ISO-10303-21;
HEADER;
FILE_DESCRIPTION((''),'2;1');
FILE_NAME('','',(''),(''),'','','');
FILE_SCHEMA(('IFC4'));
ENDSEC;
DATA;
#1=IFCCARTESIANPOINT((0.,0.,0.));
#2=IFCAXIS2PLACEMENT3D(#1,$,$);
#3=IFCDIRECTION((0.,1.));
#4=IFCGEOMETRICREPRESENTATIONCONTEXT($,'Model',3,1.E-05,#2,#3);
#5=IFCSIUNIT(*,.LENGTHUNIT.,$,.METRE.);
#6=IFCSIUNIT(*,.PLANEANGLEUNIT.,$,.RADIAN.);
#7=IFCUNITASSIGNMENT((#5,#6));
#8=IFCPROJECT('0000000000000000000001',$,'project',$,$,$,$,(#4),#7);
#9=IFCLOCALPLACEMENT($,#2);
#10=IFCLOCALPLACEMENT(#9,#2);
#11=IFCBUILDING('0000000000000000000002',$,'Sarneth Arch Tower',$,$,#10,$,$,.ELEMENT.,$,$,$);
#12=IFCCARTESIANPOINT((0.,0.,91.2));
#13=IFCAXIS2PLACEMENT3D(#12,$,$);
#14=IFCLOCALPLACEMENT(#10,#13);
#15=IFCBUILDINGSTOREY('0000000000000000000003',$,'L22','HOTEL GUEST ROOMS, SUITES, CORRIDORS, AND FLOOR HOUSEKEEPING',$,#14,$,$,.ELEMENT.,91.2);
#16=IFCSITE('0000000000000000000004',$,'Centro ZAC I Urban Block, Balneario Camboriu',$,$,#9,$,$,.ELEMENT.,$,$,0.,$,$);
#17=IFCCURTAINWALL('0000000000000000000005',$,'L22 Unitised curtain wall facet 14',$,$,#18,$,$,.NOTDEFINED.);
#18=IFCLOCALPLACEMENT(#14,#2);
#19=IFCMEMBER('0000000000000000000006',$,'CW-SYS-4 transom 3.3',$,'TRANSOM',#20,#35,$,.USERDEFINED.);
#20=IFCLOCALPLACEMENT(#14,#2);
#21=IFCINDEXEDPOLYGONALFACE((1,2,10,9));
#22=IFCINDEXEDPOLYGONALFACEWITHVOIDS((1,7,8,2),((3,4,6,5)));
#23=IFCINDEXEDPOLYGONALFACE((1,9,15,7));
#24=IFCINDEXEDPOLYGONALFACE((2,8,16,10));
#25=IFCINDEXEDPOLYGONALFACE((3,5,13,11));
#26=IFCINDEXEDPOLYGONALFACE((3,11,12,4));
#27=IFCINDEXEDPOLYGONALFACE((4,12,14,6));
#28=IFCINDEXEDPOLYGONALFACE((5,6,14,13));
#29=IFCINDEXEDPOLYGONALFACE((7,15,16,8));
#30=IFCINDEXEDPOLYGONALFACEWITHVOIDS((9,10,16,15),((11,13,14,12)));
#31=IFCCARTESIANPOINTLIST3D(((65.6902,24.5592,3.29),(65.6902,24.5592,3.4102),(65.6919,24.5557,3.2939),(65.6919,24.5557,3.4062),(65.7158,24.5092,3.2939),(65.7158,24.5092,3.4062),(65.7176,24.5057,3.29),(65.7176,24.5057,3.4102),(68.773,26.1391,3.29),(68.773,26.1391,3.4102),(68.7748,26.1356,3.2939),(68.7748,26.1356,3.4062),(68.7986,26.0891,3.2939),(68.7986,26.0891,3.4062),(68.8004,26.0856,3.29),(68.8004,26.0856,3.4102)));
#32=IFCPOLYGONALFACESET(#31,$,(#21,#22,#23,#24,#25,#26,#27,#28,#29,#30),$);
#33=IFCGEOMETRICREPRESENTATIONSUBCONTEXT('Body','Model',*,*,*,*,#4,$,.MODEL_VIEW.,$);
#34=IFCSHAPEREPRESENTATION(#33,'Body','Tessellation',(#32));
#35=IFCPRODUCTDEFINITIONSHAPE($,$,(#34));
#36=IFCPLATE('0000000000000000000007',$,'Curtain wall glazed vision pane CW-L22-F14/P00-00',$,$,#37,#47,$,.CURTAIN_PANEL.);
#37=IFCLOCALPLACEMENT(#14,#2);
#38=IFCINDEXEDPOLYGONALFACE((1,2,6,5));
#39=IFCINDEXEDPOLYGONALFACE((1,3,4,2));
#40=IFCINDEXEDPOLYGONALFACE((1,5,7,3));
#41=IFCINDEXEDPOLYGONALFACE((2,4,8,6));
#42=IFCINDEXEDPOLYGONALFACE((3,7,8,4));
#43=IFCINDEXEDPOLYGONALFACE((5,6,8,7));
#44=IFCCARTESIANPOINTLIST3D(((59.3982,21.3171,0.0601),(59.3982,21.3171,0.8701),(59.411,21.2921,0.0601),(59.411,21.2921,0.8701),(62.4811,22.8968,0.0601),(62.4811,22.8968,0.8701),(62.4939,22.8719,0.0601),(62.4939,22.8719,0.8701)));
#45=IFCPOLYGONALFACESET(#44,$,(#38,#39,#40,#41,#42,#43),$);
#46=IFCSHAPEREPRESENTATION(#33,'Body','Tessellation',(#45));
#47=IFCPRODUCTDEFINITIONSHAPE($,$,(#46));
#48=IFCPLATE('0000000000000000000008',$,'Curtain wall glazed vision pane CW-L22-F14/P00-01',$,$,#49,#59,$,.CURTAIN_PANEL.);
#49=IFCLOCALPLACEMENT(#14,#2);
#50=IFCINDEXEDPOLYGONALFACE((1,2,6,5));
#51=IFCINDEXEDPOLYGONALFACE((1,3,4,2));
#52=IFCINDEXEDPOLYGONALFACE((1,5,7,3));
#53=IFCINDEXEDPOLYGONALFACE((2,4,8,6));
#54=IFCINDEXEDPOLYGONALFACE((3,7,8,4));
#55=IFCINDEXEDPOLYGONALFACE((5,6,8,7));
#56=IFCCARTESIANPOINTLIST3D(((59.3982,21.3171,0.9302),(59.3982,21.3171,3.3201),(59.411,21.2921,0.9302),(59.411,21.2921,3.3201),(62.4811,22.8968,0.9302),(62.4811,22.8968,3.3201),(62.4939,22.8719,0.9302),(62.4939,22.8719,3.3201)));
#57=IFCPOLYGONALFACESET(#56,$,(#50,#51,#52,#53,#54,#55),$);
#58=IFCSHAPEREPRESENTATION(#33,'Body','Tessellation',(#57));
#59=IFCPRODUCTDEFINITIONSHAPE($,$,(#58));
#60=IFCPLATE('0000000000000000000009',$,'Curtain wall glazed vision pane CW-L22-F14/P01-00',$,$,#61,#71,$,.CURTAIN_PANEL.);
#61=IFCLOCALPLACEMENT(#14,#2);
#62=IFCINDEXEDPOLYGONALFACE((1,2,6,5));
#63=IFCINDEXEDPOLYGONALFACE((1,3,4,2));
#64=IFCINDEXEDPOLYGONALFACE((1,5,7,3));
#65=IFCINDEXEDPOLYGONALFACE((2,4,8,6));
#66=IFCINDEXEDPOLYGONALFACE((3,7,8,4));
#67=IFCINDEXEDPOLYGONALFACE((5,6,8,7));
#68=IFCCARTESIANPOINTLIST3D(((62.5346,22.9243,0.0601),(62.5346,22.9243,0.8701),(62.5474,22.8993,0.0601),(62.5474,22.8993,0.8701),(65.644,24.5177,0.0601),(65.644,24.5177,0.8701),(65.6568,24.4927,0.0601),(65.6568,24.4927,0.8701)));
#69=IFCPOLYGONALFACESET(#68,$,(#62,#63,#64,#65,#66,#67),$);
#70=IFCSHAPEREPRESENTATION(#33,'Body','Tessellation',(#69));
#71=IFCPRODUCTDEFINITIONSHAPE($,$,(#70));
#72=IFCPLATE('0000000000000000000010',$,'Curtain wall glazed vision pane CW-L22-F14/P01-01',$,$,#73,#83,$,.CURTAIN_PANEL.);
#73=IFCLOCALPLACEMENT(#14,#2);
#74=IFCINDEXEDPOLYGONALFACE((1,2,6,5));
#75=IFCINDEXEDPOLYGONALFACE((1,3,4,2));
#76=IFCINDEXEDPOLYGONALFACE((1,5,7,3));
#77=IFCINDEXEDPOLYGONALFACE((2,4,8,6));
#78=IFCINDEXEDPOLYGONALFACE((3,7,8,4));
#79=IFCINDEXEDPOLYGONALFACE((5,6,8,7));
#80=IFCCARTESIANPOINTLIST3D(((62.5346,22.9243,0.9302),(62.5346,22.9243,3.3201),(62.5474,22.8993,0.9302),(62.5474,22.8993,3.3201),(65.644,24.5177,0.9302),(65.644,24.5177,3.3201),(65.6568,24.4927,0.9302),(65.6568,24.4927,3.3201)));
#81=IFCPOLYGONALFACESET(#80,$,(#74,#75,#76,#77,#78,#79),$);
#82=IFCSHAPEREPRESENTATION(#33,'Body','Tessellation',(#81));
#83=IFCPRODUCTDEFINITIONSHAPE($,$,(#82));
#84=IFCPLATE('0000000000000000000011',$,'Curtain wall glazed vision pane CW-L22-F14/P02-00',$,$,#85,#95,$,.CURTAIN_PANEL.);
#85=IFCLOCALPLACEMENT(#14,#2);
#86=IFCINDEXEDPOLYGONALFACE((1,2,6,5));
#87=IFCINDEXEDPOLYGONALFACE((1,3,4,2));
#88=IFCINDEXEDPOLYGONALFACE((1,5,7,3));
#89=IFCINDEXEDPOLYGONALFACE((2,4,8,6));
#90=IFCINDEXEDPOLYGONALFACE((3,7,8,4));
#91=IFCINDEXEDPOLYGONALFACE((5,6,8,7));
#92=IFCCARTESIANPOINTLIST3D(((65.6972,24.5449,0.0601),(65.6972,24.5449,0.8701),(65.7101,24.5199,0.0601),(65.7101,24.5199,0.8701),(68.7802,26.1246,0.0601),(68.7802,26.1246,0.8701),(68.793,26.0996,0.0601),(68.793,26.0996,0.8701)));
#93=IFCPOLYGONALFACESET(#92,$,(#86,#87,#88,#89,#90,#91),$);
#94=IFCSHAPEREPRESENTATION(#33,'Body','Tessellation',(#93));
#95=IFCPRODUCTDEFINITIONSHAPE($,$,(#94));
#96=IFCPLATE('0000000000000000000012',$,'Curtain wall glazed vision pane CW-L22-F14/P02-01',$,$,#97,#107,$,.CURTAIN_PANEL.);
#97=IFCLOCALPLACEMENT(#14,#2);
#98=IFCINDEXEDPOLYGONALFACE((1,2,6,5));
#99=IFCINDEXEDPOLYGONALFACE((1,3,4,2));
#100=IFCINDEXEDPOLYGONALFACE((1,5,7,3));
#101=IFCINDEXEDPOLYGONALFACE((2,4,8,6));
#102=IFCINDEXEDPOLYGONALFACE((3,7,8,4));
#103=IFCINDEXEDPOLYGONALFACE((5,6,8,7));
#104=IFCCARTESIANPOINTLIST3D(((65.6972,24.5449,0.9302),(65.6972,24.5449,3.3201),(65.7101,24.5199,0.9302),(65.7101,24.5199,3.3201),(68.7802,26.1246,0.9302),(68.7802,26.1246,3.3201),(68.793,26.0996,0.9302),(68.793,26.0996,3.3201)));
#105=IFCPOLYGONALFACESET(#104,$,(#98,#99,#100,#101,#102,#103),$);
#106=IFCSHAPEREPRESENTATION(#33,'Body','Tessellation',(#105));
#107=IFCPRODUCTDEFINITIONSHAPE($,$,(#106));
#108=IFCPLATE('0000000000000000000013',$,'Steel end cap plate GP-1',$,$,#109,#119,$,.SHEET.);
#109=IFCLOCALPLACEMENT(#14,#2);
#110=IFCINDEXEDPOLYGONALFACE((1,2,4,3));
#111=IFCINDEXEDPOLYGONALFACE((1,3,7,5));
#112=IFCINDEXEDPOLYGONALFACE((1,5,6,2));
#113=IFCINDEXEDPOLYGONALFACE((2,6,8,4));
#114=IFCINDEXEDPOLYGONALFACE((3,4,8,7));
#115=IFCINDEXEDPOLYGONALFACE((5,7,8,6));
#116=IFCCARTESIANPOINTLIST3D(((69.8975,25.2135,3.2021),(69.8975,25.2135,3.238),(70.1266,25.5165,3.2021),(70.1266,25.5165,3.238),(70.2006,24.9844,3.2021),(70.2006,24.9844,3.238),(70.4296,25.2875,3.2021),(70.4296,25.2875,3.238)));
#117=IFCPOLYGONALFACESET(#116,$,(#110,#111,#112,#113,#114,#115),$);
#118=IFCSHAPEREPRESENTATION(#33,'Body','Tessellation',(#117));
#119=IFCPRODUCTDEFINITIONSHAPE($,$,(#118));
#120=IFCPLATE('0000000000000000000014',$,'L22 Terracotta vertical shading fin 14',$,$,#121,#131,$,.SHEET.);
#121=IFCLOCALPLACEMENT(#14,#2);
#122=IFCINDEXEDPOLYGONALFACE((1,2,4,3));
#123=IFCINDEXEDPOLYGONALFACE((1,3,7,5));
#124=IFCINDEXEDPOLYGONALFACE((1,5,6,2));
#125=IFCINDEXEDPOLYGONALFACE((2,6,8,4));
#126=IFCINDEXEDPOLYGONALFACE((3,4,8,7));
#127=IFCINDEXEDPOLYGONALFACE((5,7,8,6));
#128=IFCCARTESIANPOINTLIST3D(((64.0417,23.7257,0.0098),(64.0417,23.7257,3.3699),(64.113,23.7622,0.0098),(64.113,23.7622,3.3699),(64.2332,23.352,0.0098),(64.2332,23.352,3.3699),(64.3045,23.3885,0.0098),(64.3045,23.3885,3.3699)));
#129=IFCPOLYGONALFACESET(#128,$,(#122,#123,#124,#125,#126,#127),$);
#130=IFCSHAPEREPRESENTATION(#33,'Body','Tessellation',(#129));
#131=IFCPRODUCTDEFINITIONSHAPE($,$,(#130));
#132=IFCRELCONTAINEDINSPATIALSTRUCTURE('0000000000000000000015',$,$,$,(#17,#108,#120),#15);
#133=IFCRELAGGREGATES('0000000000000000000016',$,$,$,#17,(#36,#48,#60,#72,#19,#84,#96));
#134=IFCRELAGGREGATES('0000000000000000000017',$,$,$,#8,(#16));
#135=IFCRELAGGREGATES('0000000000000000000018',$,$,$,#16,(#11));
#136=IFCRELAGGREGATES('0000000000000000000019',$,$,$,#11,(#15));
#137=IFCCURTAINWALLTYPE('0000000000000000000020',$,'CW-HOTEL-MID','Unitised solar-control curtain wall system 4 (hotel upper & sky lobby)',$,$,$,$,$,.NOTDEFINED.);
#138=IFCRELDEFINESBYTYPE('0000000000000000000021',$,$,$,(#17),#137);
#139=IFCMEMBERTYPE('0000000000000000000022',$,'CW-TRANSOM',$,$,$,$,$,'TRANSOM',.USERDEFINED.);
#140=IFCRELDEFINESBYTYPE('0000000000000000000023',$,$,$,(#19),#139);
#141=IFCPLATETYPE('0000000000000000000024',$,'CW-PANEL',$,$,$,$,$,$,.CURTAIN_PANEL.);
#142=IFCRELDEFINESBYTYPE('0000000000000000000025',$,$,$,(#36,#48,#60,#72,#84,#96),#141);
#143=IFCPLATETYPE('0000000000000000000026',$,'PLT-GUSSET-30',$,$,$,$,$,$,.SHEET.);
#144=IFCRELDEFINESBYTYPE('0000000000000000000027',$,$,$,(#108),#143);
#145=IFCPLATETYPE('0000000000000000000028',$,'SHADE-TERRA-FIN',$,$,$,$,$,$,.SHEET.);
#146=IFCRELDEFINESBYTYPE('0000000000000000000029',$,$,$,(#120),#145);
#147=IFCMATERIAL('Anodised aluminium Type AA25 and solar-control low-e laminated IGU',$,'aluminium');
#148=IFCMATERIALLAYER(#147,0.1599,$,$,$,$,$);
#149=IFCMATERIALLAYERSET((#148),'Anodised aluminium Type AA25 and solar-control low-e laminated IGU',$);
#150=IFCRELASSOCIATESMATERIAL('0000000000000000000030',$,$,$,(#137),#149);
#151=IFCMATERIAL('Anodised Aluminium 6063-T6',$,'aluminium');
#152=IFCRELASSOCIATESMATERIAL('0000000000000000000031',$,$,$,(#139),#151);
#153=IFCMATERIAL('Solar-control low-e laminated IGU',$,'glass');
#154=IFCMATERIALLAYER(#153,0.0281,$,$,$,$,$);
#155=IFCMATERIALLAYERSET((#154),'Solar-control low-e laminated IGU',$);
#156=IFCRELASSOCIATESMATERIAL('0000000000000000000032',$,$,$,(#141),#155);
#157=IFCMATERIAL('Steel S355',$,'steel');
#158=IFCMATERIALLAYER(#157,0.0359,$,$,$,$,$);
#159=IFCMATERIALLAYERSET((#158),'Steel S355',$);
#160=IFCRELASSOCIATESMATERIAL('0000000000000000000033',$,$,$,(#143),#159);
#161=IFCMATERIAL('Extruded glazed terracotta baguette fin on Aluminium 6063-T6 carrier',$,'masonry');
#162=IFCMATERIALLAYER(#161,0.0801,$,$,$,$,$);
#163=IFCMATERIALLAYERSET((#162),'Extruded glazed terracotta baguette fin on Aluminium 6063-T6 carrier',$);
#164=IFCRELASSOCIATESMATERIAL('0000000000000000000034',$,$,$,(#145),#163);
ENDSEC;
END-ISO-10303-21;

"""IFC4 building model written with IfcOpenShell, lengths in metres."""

from ifc_helpers import new_model, si_unit, direction, frame, origin, origin_2d, place, context, subcontext, project, spatial, rectangle, hollow_rectangle, extrude, material, layer, layer_set, material_profile, profile_set, type_object, element, aggregate, save


model = new_model("IFC4")

# Units and contexts
model_context = context("Model", 3, precision=1e-05, world=origin(), true_north=direction((0.0, 1.0)))
body_context = subcontext(model_context, "Body", "Model", "MODEL_VIEW")
ifc_project = project(units=[si_unit("LENGTHUNIT", "METRE"), si_unit("PLANEANGLEUNIT", "RADIAN")], contexts=[model_context])

# Site, building, storey
site_placement = place(None, origin())
site = spatial("IfcSite", under=ifc_project, at=site_placement, Name="Centro ZAC I Urban Block, Balneario Camboriu", CompositionType="ELEMENT", RefElevation=0.0)
building_placement = place(site_placement, origin())
building = spatial("IfcBuilding", under=site, at=building_placement, Name="Sarneth Arch Tower", CompositionType="ELEMENT")
storey_placement = place(building_placement, frame((0.0, 0.0, 91.2)))
storey = spatial("IfcBuildingStorey", under=building, at=storey_placement, Name="L22", Description="HOTEL GUEST ROOMS, SUITES, CORRIDORS, AND FLOOR HOUSEKEEPING", CompositionType="ELEMENT", Elevation=91.2)

# Curtain wall, member, plates
ifc_material_1 = material(Name="Anodised aluminium Type AA25 and solar-control low-e laminated IGU", Category="aluminium")
ifc_layer_1 = layer(ifc_material_1, 0.1599)
ifc_layer_set_1 = layer_set([ifc_layer_1], Name="Anodised aluminium Type AA25 and solar-control low-e laminated IGU")
curtain_wall_type = type_object("IfcCurtainWallType", Name="CW-HOTEL-MID", Description="Unitised solar-control curtain wall system 4 (hotel upper & sky lobby)", PredefinedType="NOTDEFINED", material=ifc_layer_set_1)
curtain_wall_placement = place(storey_placement, origin())
curtain_wall = element("IfcCurtainWall", 1, at=curtain_wall_placement, inside=storey, type_object=curtain_wall_type, Name="L22 Unitised curtain wall facet 14", PredefinedType="NOTDEFINED")
ifc_material_2 = material(Name="Anodised Aluminium 6063-T6", Category="aluminium")
ifc_material_profile_1 = material_profile(ifc_material_2, hollow_rectangle(XDim=0.0601, YDim=0.1201, WallThickness=0.0039, at=origin_2d()), Name="AL-TRAN-120x60x4")
ifc_profile_set_1 = profile_set([ifc_material_profile_1], Name="Anodised Aluminium 6063-T6")
member_type_1 = type_object("IfcMemberType", Name="CW-TRANSOM", ElementType="TRANSOM", PredefinedType="USERDEFINED", material=ifc_profile_set_1)
member_1_placement = place(storey_placement, frame((65.7039, 24.5325, 3.3501), z_axis=(0.889943, 0.456072, 0.0), x_axis=(-0.456072, 0.889943, 0.0)))
member_1 = element("IfcMember", 2, at=member_1_placement, type_object=member_type_1, Name="CW-SYS-4 transom 3.3", ObjectType="TRANSOM", PredefinedType="USERDEFINED", context=body_context, shape_type="SweptSolid", body=[
    extrude(hollow_rectangle(XDim=0.0601, YDim=0.1201, WallThickness=0.0039, at=origin_2d()), origin(), (0.0, 0.0, 1.0), 3.4641),
])
ifc_material_3 = material(Name="Solar-control low-e laminated IGU", Category="glass")
ifc_layer_2 = layer(ifc_material_3, 0.0281)
ifc_layer_set_2 = layer_set([ifc_layer_2], Name="Solar-control low-e laminated IGU")
plate_type_1 = type_object("IfcPlateType", Name="CW-PANEL", PredefinedType="CURTAIN_PANEL", material=ifc_layer_set_2)
plate_1_placement = place(storey_placement, frame((60.946, 22.0945, 0.0601), z_axis=(0.0, 0.0, 1.0), x_axis=(0.889964, 0.456031, 0.0)))
plate_1 = element("IfcPlate", 3, at=plate_1_placement, type_object=plate_type_1, Name="Curtain wall glazed vision pane CW-L22-F14/P00-00", PredefinedType="CURTAIN_PANEL", context=body_context, shape_type="SweptSolid", body=[
    extrude(rectangle(XDim=3.4641, YDim=0.0281, at=origin_2d()), origin(), (0.0, 0.0, 1.0), 0.8101),
])
plate_2_placement = place(storey_placement, frame((60.946, 22.0945, 0.9302), z_axis=(0.0, 0.0, 1.0), x_axis=(0.889964, 0.456031, 0.0)))
plate_2 = element("IfcPlate", 4, at=plate_2_placement, type_object=plate_type_1, Name="Curtain wall glazed vision pane CW-L22-F14/P00-01", PredefinedType="CURTAIN_PANEL", context=body_context, shape_type="SweptSolid", body=[
    extrude(rectangle(XDim=3.4641, YDim=0.0281, at=origin_2d()), origin(), (0.0, 0.0, 1.0), 2.3899),
])
plate_3_placement = place(storey_placement, frame((64.0957, 23.7085, 0.0601), z_axis=(0.0, 0.0, 1.0), x_axis=(0.889964, 0.456031, 0.0)))
plate_3 = element("IfcPlate", 5, at=plate_3_placement, type_object=plate_type_1, Name="Curtain wall glazed vision pane CW-L22-F14/P01-00", PredefinedType="CURTAIN_PANEL", context=body_context, shape_type="SweptSolid", body=[
    extrude(rectangle(XDim=3.4939, YDim=0.0281, at=origin_2d()), origin(), (0.0, 0.0, 1.0), 0.8101),
])
plate_4_placement = place(storey_placement, frame((64.0957, 23.7085, 0.9302), z_axis=(0.0, 0.0, 1.0), x_axis=(0.889964, 0.456031, 0.0)))
plate_4 = element("IfcPlate", 6, at=plate_4_placement, type_object=plate_type_1, Name="Curtain wall glazed vision pane CW-L22-F14/P01-01", PredefinedType="CURTAIN_PANEL", context=body_context, shape_type="SweptSolid", body=[
    extrude(rectangle(XDim=3.4939, YDim=0.0281, at=origin_2d()), origin(), (0.0, 0.0, 1.0), 2.3899),
])
plate_5_placement = place(storey_placement, frame((67.2451, 25.3223, 0.0601), z_axis=(0.0, 0.0, 1.0), x_axis=(0.889964, 0.456031, 0.0)))
plate_5 = element("IfcPlate", 7, at=plate_5_placement, type_object=plate_type_1, Name="Curtain wall glazed vision pane CW-L22-F14/P02-00", PredefinedType="CURTAIN_PANEL", context=body_context, shape_type="SweptSolid", body=[
    extrude(rectangle(XDim=3.4641, YDim=0.0281, at=origin_2d()), origin(), (0.0, 0.0, 1.0), 0.8101),
])
plate_6_placement = place(storey_placement, frame((67.2451, 25.3223, 0.9302), z_axis=(0.0, 0.0, 1.0), x_axis=(0.889964, 0.456031, 0.0)))
plate_6 = element("IfcPlate", 8, at=plate_6_placement, type_object=plate_type_1, Name="Curtain wall glazed vision pane CW-L22-F14/P02-01", PredefinedType="CURTAIN_PANEL", context=body_context, shape_type="SweptSolid", body=[
    extrude(rectangle(XDim=3.4641, YDim=0.0281, at=origin_2d()), origin(), (0.0, 0.0, 1.0), 2.3899),
])
aggregate(curtain_wall, [plate_1, plate_2, plate_3, plate_4, member_1, plate_5, plate_6])

# Plates
ifc_material_4 = material(Name="Steel S355", Category="steel")
ifc_layer_3 = layer(ifc_material_4, 0.0359)
ifc_layer_set_3 = layer_set([ifc_layer_3], Name="Steel S355")
plate_type_2 = type_object("IfcPlateType", Name="PLT-GUSSET-30", PredefinedType="SHEET", material=ifc_layer_set_3)
plate_7_placement = place(storey_placement, frame((70.1636, 25.2505, 3.2021), z_axis=(0.0, 0.0, 1.0), x_axis=(0.797794, -0.60293, 0.0)))
element("IfcPlate", 9, at=plate_7_placement, inside=storey, type_object=plate_type_2, Name="Steel end cap plate GP-1", PredefinedType="SHEET", context=body_context, shape_type="SweptSolid", body=[
    extrude(rectangle(XDim=0.3799, YDim=0.3799, at=origin_2d()), origin(), (0.0, 0.0, 1.0), 0.0359),
])
ifc_material_5 = material(Name="Extruded glazed terracotta baguette fin on Aluminium 6063-T6 carrier", Category="masonry")
ifc_layer_4 = layer(ifc_material_5, 0.0801)
ifc_layer_set_4 = layer_set([ifc_layer_4], Name="Extruded glazed terracotta baguette fin on Aluminium 6063-T6 carrier")
plate_type_3 = type_object("IfcPlateType", Name="SHADE-TERRA-FIN", PredefinedType="SHEET", material=ifc_layer_set_4)
plate_8_placement = place(storey_placement, frame((64.1731, 23.5571, 0.0098), z_axis=(0.0, 0.0, 1.0), x_axis=(0.456011, -0.889974, 0.0)))
element("IfcPlate", 10, at=plate_8_placement, inside=storey, type_object=plate_type_3, Name="L22 Terracotta vertical shading fin 14", PredefinedType="SHEET", context=body_context, shape_type="SweptSolid", body=[
    extrude(rectangle(XDim=0.4199, YDim=0.0801, at=origin_2d()), origin(), (0.0, 0.0, 1.0), 3.3601),
])

save(model, "model.ifc")
